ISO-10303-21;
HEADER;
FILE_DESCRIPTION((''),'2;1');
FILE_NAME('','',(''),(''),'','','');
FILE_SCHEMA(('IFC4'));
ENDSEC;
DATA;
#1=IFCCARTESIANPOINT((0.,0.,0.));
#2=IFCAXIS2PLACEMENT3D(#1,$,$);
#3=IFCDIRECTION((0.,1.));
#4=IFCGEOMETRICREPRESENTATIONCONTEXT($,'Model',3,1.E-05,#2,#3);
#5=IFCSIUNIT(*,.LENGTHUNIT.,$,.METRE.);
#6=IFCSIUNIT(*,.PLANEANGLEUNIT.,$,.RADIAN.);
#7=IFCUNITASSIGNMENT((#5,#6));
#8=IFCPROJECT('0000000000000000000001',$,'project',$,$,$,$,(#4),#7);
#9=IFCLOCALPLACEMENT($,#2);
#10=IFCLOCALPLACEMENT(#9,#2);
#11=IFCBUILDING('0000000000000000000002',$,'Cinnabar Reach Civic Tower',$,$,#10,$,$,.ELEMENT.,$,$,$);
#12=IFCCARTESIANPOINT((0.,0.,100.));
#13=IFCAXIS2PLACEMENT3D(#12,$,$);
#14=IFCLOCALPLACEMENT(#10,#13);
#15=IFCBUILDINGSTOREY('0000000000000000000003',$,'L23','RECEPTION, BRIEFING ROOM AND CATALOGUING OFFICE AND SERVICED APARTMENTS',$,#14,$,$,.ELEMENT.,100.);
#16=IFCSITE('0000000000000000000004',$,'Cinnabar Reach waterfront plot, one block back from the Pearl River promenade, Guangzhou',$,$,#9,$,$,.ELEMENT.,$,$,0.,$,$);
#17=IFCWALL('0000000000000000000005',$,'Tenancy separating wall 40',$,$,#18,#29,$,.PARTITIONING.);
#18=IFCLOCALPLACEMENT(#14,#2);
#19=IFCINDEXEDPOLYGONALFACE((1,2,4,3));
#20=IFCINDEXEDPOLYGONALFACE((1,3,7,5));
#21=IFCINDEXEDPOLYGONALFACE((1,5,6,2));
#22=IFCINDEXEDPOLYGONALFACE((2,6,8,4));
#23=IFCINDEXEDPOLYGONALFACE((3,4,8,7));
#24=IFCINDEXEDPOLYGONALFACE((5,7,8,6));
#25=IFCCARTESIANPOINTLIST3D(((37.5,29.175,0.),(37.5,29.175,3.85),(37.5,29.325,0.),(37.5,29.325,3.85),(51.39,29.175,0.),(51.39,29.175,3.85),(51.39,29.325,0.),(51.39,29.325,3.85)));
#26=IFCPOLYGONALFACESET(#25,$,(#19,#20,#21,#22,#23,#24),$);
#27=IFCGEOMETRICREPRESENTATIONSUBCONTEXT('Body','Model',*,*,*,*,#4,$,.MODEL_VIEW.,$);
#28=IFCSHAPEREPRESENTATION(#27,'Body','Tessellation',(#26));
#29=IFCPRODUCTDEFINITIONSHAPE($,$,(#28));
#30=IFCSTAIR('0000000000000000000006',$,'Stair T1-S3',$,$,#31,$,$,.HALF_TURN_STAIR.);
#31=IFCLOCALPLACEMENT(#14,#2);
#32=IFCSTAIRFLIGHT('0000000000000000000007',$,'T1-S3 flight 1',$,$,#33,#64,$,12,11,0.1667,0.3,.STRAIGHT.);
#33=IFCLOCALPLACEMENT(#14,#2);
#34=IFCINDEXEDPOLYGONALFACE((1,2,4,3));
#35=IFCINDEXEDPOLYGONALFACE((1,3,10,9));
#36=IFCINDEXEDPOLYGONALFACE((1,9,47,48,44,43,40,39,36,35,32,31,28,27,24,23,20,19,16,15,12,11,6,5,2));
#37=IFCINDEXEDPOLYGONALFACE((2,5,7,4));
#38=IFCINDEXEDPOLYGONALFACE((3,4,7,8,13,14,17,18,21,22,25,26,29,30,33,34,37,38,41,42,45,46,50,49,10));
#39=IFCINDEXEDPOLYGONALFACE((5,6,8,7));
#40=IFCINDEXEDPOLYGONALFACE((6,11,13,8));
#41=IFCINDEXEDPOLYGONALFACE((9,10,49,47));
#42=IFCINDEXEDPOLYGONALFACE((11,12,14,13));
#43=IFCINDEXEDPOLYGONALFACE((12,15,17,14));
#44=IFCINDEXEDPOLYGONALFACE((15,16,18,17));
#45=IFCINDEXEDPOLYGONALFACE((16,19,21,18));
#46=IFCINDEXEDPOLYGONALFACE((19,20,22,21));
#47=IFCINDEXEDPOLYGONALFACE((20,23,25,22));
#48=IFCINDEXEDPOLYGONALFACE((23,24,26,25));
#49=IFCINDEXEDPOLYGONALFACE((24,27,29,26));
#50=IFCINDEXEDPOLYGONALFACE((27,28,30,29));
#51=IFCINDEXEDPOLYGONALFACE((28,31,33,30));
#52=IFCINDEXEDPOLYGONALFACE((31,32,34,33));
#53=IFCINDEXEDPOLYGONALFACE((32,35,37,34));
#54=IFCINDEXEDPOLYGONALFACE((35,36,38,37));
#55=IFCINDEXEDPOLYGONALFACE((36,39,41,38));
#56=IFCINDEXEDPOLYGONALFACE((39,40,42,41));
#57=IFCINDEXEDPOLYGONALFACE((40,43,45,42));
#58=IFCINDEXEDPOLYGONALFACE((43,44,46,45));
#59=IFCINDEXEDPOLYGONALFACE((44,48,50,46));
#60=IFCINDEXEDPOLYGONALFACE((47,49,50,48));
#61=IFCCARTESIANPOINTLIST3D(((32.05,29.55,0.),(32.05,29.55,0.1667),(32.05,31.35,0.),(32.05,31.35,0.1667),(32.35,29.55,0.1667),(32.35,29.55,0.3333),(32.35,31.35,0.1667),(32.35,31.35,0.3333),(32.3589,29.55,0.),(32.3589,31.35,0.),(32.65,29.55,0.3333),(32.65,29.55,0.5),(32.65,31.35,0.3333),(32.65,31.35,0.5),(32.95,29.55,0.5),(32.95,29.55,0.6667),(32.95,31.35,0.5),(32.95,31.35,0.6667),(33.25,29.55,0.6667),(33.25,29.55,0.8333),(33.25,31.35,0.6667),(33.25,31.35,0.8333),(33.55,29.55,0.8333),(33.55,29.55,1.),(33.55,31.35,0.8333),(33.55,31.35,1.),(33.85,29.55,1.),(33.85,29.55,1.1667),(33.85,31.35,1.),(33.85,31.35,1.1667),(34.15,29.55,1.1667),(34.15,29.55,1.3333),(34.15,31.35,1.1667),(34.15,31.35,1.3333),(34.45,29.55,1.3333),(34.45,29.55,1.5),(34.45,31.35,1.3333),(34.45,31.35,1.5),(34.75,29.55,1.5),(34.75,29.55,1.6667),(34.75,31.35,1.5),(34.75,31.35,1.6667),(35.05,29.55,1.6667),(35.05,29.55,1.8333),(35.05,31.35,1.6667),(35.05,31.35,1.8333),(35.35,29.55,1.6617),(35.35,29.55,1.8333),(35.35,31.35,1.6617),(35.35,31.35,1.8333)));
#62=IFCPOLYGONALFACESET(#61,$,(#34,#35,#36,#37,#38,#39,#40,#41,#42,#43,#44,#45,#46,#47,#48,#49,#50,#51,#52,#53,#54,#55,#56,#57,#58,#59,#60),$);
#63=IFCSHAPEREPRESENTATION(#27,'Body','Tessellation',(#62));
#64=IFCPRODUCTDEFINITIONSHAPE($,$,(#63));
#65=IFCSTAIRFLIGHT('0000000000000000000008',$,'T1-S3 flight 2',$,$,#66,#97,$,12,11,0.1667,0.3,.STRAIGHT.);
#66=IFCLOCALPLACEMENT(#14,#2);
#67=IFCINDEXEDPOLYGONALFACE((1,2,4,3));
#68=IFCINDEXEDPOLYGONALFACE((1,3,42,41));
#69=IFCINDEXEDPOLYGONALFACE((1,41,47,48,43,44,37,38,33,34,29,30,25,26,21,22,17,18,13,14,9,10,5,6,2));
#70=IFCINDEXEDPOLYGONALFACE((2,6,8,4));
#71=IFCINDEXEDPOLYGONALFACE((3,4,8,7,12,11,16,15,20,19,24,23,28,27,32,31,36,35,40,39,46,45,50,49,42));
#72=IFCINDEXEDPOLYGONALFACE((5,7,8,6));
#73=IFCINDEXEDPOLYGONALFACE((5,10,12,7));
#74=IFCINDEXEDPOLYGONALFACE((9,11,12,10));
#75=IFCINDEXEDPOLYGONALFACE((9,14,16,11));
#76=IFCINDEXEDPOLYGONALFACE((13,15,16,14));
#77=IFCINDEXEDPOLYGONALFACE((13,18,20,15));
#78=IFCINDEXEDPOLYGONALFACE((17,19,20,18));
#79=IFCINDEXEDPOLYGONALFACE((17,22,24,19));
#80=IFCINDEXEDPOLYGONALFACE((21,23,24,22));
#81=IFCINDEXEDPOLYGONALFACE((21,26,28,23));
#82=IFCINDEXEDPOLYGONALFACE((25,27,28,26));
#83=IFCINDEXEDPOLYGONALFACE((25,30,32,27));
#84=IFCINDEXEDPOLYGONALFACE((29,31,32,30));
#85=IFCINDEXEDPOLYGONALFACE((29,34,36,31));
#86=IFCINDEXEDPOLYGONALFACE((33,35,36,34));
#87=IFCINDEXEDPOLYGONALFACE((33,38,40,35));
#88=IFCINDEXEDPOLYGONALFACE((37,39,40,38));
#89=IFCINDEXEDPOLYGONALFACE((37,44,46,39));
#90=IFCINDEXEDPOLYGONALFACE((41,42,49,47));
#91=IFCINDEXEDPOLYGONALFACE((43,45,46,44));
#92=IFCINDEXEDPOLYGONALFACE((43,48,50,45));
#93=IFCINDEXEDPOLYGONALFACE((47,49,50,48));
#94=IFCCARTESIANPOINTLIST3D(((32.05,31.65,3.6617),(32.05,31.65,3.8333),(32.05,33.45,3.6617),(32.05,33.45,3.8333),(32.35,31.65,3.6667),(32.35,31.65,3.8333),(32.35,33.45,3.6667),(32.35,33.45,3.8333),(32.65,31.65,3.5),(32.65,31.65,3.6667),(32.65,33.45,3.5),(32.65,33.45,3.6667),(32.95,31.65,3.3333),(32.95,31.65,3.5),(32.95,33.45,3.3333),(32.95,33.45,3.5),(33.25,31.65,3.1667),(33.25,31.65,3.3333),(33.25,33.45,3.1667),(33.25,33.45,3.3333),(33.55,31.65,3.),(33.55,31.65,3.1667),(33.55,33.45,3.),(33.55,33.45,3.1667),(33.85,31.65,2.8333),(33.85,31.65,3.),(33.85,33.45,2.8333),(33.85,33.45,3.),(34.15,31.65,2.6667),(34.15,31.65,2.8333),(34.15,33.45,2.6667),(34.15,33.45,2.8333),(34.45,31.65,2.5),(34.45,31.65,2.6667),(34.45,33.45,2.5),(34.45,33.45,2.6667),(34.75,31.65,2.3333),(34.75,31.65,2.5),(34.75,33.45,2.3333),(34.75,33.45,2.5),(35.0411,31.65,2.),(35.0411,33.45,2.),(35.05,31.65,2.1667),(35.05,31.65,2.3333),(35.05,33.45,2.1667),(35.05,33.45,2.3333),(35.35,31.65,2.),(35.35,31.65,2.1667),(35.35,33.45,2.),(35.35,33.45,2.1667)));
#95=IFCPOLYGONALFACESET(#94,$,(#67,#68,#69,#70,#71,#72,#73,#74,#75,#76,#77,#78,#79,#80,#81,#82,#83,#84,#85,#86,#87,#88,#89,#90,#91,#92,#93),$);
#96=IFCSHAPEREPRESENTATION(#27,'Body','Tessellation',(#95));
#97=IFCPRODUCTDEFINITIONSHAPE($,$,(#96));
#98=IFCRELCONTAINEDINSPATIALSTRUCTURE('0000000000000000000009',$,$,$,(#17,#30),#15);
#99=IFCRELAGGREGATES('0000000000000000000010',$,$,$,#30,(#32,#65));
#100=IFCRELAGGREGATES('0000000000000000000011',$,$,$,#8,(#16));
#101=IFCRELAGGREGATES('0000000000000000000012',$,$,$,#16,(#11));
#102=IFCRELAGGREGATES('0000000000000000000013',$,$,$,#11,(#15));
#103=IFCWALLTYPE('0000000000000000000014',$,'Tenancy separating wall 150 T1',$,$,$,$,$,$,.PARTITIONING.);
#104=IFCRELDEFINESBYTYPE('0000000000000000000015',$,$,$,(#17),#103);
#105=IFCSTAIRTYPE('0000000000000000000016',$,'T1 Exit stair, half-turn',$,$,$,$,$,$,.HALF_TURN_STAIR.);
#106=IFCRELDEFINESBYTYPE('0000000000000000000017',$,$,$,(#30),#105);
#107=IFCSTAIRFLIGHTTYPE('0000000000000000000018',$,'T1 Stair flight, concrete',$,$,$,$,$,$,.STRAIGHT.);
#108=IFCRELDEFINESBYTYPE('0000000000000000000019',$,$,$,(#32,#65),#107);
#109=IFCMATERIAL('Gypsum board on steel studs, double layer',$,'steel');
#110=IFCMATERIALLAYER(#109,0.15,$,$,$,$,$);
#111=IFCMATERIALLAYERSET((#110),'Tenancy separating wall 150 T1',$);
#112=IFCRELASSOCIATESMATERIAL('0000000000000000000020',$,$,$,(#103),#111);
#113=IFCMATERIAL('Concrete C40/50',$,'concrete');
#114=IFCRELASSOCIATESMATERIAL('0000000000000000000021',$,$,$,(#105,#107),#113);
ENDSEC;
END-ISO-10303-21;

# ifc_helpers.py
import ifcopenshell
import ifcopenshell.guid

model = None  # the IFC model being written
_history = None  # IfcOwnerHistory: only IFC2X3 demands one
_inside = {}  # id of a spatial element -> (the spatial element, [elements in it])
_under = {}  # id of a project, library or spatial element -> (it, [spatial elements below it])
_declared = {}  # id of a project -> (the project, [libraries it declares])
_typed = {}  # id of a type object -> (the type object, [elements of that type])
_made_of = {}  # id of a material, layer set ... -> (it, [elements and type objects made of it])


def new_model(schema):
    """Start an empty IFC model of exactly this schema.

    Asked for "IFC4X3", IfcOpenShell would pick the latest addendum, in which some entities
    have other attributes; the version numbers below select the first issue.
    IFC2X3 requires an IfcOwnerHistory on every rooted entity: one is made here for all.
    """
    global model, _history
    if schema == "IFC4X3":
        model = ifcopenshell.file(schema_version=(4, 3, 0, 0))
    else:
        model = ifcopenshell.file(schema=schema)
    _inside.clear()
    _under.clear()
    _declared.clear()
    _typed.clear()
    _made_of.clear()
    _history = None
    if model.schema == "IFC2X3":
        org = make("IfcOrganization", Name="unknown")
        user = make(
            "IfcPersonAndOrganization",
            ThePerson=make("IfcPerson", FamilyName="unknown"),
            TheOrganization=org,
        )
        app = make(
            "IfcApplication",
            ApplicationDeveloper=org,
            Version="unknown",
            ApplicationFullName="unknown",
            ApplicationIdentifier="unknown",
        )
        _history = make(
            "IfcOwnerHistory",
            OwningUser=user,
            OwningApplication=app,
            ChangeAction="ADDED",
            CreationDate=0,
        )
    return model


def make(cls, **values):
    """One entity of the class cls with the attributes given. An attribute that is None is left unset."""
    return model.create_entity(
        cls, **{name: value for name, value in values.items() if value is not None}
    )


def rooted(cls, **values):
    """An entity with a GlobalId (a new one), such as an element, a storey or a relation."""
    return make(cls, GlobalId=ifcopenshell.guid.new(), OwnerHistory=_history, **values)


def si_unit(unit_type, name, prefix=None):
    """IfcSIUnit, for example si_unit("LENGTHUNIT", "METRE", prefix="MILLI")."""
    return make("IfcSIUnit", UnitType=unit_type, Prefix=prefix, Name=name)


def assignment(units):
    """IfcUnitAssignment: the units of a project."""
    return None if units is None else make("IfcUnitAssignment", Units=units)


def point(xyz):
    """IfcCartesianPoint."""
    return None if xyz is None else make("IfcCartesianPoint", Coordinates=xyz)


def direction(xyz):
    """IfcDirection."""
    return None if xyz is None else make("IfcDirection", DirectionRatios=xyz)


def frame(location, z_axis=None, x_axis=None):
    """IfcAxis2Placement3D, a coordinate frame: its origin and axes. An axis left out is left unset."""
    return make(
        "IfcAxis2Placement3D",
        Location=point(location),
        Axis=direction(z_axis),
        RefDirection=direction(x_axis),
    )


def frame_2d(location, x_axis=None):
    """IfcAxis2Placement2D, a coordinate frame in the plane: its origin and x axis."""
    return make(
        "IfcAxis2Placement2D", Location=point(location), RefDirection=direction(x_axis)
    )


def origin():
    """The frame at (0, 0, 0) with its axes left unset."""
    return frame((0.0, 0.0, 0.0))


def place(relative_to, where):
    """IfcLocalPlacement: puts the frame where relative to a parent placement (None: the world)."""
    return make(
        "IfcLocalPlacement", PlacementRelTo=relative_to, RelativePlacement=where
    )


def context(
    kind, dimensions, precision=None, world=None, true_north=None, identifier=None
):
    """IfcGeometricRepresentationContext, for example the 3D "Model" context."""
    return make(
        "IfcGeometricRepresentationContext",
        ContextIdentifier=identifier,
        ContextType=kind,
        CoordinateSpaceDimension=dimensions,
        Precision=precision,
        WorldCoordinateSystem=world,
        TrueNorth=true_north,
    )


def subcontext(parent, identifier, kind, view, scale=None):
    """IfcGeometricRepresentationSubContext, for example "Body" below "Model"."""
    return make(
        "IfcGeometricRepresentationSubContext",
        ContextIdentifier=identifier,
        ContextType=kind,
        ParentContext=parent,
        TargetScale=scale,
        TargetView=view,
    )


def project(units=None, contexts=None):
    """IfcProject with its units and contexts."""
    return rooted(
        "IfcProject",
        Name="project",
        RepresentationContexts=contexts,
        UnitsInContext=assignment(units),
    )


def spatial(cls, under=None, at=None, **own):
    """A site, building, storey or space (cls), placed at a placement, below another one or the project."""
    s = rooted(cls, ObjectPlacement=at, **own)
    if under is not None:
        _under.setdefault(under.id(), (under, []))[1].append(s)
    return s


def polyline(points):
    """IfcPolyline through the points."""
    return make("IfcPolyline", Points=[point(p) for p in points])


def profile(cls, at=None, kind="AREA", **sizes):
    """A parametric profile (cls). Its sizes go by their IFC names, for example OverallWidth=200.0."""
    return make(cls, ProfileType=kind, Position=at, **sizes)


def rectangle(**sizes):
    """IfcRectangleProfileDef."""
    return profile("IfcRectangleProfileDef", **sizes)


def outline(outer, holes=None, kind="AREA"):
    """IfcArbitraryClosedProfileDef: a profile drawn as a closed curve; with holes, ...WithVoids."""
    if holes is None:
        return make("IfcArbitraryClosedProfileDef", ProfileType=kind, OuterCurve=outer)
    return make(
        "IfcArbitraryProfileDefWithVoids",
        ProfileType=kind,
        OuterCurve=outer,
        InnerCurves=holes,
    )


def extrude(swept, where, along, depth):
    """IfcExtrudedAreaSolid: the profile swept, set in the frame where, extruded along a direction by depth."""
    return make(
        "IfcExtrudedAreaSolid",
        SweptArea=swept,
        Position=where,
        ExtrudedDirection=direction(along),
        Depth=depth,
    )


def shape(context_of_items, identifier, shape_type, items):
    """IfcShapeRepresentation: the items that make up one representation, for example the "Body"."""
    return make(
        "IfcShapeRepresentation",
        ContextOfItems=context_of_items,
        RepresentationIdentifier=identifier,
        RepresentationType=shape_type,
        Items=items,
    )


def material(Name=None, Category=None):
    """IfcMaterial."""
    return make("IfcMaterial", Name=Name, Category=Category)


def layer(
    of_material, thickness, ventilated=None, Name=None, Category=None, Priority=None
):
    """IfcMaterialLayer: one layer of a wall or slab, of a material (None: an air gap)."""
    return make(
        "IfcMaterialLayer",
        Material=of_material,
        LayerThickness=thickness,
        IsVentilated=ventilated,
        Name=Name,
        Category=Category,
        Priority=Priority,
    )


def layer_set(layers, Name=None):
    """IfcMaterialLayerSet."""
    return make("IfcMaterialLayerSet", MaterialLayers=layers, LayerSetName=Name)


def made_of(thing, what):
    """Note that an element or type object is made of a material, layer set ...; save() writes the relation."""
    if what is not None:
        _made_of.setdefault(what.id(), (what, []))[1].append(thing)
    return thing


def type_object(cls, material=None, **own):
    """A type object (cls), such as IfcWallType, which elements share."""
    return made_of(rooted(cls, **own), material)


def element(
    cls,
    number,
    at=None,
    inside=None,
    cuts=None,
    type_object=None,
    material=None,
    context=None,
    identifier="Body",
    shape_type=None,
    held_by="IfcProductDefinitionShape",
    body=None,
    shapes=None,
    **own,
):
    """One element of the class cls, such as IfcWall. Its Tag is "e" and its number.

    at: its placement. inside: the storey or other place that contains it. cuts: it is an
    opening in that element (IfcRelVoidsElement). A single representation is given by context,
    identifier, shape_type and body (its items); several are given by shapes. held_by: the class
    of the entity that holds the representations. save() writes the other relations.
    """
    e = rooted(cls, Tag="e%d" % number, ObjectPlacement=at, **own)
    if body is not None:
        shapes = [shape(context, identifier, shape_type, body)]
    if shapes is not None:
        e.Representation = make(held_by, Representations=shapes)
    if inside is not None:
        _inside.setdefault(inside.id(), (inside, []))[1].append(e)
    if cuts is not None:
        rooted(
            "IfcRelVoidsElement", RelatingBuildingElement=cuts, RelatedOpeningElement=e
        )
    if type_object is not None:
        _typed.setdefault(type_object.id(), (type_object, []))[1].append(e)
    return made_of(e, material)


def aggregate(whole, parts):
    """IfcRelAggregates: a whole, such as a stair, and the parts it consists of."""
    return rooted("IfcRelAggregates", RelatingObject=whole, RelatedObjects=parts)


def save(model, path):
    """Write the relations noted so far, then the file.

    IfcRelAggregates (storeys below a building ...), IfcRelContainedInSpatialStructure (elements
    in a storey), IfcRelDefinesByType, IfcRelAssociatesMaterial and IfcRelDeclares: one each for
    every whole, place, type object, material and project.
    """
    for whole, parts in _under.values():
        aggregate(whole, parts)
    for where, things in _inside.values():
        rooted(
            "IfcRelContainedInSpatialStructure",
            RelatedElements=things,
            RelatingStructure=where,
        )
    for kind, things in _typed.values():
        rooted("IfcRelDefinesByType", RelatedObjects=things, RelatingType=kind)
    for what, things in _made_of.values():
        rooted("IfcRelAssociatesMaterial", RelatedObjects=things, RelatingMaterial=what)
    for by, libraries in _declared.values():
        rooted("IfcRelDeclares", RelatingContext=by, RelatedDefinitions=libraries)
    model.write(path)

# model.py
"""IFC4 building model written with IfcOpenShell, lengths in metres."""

from ifc_helpers import new_model, si_unit, direction, frame, frame_2d, origin, place, context, subcontext, project, spatial, polyline, rectangle, outline, extrude, material, layer, layer_set, type_object, element, aggregate, save


model = new_model("IFC4")

# Units and contexts
model_context = context("Model", 3, precision=1e-05, world=origin(), true_north=direction((0.0, 1.0)))
body_context = subcontext(model_context, "Body", "Model", "MODEL_VIEW")
ifc_project = project(units=[si_unit("LENGTHUNIT", "METRE"), si_unit("PLANEANGLEUNIT", "RADIAN")], contexts=[model_context])

# Site, building, storey
site_placement = place(None, origin())
site = spatial("IfcSite", under=ifc_project, at=site_placement, Name="Cinnabar Reach waterfront plot, one block back from the Pearl River promenade, Guangzhou", CompositionType="ELEMENT", RefElevation=0.0)
building_placement = place(site_placement, origin())
building = spatial("IfcBuilding", under=site, at=building_placement, Name="Cinnabar Reach Civic Tower", CompositionType="ELEMENT")
storey_placement = place(building_placement, frame((0.0, 0.0, 100.0)))
storey = spatial("IfcBuildingStorey", under=building, at=storey_placement, Name="L23", Description="RECEPTION, BRIEFING ROOM AND CATALOGUING OFFICE AND SERVICED APARTMENTS", CompositionType="ELEMENT", Elevation=100.0)

# Shared definitions
ifc_material_1 = material(Name="Gypsum board on steel studs, double layer", Category="steel")

# Wall
ifc_layer_1 = layer(ifc_material_1, 0.15)
ifc_layer_set_1 = layer_set([ifc_layer_1], Name="Tenancy separating wall 150 T1")
wall_type_1 = type_object("IfcWallType", Name="Tenancy separating wall 150 T1", PredefinedType="PARTITIONING", material=ifc_layer_set_1)
wall_1_placement = place(storey_placement, frame((37.5, 29.25, 0.0), z_axis=(0.0, 0.0, 1.0), x_axis=(1.0, 0.0, 0.0)))
element("IfcWall", 1, at=wall_1_placement, inside=storey, type_object=wall_type_1, Name="Tenancy separating wall 40", PredefinedType="PARTITIONING", context=body_context, shape_type="SweptSolid", body=[
    extrude(rectangle(XDim=13.89, YDim=0.15, at=frame_2d((6.945, 0.0))), origin(), (0.0, 0.0, 1.0), 3.85),
])

# Stair, stair flights
ifc_material_2 = material(Name="Concrete C40/50", Category="concrete")
stair_type = type_object("IfcStairType", Name="T1 Exit stair, half-turn", PredefinedType="HALF_TURN_STAIR", material=ifc_material_2)
stair_placement = place(storey_placement, origin())
stair = element("IfcStair", 2, at=stair_placement, inside=storey, type_object=stair_type, Name="Stair T1-S3", PredefinedType="HALF_TURN_STAIR")
stair_flight_type = type_object("IfcStairFlightType", Name="T1 Stair flight, concrete", PredefinedType="STRAIGHT", material=ifc_material_2)
stair_flight_1_placement = place(storey_placement, frame((32.05, 30.45, 0.0), z_axis=(0.0, 0.0, 1.0), x_axis=(1.0, 0.0, 0.0)))
stair_flight_1 = element("IfcStairFlight", 3, at=stair_flight_1_placement, type_object=stair_flight_type, Name="T1-S3 flight 1", NumberOfRisers=12, NumberOfTreads=11, PredefinedType="STRAIGHT", RiserHeight=0.1667, TreadLength=0.3, context=body_context, shape_type="SweptSolid", body=[
    extrude(outline(polyline([(0.0, 0.0), (0.0, 0.1667), (0.3, 0.1667), (0.3, 0.3333), (0.6, 0.3333), (0.6, 0.5), (0.9, 0.5), (0.9, 0.6667), (1.2, 0.6667), (1.2, 0.8333), (1.5, 0.8333), (1.5, 1.0), (1.8, 1.0), (1.8, 1.1667), (2.1, 1.1667), (2.1, 1.3333), (2.4, 1.3333), (2.4, 1.5), (2.7, 1.5), (2.7, 1.6667), (3.0, 1.6667), (3.0, 1.8333), (3.3, 1.8333), (3.3, 2.0), (3.3, 1.6617), (0.3089, 0.0), (0.0, 0.0)])), frame((0.0, 0.9, 0.0), z_axis=(0.0, -1.0, 0.0), x_axis=(1.0, 0.0, 0.0)), (0.0, 0.0, 1.0), 1.8),
])
stair_flight_2_placement = place(storey_placement, frame((35.35, 32.55, 2.0), z_axis=(0.0, 0.0, 1.0), x_axis=(-1.0, 0.0, 0.0)))
stair_flight_2 = element("IfcStairFlight", 4, at=stair_flight_2_placement, type_object=stair_flight_type, Name="T1-S3 flight 2", NumberOfRisers=12, NumberOfTreads=11, PredefinedType="STRAIGHT", RiserHeight=0.1667, TreadLength=0.3, context=body_context, shape_type="SweptSolid", body=[
    extrude(outline(polyline([(0.0, 0.0), (0.0, 0.1667), (0.3, 0.1667), (0.3, 0.3333), (0.6, 0.3333), (0.6, 0.5), (0.9, 0.5), (0.9, 0.6667), (1.2, 0.6667), (1.2, 0.8333), (1.5, 0.8333), (1.5, 1.0), (1.8, 1.0), (1.8, 1.1667), (2.1, 1.1667), (2.1, 1.3333), (2.4, 1.3333), (2.4, 1.5), (2.7, 1.5), (2.7, 1.6667), (3.0, 1.6667), (3.0, 1.8333), (3.3, 1.8333), (3.3, 2.0), (3.3, 1.6617), (0.3089, 0.0), (0.0, 0.0)])), frame((0.0, 0.9, 0.0), z_axis=(0.0, -1.0, 0.0), x_axis=(1.0, 0.0, 0.0)), (0.0, 0.0, 1.0), 1.8),
])
aggregate(stair, [stair_flight_1, stair_flight_2])

save(model, "model.ifc")
